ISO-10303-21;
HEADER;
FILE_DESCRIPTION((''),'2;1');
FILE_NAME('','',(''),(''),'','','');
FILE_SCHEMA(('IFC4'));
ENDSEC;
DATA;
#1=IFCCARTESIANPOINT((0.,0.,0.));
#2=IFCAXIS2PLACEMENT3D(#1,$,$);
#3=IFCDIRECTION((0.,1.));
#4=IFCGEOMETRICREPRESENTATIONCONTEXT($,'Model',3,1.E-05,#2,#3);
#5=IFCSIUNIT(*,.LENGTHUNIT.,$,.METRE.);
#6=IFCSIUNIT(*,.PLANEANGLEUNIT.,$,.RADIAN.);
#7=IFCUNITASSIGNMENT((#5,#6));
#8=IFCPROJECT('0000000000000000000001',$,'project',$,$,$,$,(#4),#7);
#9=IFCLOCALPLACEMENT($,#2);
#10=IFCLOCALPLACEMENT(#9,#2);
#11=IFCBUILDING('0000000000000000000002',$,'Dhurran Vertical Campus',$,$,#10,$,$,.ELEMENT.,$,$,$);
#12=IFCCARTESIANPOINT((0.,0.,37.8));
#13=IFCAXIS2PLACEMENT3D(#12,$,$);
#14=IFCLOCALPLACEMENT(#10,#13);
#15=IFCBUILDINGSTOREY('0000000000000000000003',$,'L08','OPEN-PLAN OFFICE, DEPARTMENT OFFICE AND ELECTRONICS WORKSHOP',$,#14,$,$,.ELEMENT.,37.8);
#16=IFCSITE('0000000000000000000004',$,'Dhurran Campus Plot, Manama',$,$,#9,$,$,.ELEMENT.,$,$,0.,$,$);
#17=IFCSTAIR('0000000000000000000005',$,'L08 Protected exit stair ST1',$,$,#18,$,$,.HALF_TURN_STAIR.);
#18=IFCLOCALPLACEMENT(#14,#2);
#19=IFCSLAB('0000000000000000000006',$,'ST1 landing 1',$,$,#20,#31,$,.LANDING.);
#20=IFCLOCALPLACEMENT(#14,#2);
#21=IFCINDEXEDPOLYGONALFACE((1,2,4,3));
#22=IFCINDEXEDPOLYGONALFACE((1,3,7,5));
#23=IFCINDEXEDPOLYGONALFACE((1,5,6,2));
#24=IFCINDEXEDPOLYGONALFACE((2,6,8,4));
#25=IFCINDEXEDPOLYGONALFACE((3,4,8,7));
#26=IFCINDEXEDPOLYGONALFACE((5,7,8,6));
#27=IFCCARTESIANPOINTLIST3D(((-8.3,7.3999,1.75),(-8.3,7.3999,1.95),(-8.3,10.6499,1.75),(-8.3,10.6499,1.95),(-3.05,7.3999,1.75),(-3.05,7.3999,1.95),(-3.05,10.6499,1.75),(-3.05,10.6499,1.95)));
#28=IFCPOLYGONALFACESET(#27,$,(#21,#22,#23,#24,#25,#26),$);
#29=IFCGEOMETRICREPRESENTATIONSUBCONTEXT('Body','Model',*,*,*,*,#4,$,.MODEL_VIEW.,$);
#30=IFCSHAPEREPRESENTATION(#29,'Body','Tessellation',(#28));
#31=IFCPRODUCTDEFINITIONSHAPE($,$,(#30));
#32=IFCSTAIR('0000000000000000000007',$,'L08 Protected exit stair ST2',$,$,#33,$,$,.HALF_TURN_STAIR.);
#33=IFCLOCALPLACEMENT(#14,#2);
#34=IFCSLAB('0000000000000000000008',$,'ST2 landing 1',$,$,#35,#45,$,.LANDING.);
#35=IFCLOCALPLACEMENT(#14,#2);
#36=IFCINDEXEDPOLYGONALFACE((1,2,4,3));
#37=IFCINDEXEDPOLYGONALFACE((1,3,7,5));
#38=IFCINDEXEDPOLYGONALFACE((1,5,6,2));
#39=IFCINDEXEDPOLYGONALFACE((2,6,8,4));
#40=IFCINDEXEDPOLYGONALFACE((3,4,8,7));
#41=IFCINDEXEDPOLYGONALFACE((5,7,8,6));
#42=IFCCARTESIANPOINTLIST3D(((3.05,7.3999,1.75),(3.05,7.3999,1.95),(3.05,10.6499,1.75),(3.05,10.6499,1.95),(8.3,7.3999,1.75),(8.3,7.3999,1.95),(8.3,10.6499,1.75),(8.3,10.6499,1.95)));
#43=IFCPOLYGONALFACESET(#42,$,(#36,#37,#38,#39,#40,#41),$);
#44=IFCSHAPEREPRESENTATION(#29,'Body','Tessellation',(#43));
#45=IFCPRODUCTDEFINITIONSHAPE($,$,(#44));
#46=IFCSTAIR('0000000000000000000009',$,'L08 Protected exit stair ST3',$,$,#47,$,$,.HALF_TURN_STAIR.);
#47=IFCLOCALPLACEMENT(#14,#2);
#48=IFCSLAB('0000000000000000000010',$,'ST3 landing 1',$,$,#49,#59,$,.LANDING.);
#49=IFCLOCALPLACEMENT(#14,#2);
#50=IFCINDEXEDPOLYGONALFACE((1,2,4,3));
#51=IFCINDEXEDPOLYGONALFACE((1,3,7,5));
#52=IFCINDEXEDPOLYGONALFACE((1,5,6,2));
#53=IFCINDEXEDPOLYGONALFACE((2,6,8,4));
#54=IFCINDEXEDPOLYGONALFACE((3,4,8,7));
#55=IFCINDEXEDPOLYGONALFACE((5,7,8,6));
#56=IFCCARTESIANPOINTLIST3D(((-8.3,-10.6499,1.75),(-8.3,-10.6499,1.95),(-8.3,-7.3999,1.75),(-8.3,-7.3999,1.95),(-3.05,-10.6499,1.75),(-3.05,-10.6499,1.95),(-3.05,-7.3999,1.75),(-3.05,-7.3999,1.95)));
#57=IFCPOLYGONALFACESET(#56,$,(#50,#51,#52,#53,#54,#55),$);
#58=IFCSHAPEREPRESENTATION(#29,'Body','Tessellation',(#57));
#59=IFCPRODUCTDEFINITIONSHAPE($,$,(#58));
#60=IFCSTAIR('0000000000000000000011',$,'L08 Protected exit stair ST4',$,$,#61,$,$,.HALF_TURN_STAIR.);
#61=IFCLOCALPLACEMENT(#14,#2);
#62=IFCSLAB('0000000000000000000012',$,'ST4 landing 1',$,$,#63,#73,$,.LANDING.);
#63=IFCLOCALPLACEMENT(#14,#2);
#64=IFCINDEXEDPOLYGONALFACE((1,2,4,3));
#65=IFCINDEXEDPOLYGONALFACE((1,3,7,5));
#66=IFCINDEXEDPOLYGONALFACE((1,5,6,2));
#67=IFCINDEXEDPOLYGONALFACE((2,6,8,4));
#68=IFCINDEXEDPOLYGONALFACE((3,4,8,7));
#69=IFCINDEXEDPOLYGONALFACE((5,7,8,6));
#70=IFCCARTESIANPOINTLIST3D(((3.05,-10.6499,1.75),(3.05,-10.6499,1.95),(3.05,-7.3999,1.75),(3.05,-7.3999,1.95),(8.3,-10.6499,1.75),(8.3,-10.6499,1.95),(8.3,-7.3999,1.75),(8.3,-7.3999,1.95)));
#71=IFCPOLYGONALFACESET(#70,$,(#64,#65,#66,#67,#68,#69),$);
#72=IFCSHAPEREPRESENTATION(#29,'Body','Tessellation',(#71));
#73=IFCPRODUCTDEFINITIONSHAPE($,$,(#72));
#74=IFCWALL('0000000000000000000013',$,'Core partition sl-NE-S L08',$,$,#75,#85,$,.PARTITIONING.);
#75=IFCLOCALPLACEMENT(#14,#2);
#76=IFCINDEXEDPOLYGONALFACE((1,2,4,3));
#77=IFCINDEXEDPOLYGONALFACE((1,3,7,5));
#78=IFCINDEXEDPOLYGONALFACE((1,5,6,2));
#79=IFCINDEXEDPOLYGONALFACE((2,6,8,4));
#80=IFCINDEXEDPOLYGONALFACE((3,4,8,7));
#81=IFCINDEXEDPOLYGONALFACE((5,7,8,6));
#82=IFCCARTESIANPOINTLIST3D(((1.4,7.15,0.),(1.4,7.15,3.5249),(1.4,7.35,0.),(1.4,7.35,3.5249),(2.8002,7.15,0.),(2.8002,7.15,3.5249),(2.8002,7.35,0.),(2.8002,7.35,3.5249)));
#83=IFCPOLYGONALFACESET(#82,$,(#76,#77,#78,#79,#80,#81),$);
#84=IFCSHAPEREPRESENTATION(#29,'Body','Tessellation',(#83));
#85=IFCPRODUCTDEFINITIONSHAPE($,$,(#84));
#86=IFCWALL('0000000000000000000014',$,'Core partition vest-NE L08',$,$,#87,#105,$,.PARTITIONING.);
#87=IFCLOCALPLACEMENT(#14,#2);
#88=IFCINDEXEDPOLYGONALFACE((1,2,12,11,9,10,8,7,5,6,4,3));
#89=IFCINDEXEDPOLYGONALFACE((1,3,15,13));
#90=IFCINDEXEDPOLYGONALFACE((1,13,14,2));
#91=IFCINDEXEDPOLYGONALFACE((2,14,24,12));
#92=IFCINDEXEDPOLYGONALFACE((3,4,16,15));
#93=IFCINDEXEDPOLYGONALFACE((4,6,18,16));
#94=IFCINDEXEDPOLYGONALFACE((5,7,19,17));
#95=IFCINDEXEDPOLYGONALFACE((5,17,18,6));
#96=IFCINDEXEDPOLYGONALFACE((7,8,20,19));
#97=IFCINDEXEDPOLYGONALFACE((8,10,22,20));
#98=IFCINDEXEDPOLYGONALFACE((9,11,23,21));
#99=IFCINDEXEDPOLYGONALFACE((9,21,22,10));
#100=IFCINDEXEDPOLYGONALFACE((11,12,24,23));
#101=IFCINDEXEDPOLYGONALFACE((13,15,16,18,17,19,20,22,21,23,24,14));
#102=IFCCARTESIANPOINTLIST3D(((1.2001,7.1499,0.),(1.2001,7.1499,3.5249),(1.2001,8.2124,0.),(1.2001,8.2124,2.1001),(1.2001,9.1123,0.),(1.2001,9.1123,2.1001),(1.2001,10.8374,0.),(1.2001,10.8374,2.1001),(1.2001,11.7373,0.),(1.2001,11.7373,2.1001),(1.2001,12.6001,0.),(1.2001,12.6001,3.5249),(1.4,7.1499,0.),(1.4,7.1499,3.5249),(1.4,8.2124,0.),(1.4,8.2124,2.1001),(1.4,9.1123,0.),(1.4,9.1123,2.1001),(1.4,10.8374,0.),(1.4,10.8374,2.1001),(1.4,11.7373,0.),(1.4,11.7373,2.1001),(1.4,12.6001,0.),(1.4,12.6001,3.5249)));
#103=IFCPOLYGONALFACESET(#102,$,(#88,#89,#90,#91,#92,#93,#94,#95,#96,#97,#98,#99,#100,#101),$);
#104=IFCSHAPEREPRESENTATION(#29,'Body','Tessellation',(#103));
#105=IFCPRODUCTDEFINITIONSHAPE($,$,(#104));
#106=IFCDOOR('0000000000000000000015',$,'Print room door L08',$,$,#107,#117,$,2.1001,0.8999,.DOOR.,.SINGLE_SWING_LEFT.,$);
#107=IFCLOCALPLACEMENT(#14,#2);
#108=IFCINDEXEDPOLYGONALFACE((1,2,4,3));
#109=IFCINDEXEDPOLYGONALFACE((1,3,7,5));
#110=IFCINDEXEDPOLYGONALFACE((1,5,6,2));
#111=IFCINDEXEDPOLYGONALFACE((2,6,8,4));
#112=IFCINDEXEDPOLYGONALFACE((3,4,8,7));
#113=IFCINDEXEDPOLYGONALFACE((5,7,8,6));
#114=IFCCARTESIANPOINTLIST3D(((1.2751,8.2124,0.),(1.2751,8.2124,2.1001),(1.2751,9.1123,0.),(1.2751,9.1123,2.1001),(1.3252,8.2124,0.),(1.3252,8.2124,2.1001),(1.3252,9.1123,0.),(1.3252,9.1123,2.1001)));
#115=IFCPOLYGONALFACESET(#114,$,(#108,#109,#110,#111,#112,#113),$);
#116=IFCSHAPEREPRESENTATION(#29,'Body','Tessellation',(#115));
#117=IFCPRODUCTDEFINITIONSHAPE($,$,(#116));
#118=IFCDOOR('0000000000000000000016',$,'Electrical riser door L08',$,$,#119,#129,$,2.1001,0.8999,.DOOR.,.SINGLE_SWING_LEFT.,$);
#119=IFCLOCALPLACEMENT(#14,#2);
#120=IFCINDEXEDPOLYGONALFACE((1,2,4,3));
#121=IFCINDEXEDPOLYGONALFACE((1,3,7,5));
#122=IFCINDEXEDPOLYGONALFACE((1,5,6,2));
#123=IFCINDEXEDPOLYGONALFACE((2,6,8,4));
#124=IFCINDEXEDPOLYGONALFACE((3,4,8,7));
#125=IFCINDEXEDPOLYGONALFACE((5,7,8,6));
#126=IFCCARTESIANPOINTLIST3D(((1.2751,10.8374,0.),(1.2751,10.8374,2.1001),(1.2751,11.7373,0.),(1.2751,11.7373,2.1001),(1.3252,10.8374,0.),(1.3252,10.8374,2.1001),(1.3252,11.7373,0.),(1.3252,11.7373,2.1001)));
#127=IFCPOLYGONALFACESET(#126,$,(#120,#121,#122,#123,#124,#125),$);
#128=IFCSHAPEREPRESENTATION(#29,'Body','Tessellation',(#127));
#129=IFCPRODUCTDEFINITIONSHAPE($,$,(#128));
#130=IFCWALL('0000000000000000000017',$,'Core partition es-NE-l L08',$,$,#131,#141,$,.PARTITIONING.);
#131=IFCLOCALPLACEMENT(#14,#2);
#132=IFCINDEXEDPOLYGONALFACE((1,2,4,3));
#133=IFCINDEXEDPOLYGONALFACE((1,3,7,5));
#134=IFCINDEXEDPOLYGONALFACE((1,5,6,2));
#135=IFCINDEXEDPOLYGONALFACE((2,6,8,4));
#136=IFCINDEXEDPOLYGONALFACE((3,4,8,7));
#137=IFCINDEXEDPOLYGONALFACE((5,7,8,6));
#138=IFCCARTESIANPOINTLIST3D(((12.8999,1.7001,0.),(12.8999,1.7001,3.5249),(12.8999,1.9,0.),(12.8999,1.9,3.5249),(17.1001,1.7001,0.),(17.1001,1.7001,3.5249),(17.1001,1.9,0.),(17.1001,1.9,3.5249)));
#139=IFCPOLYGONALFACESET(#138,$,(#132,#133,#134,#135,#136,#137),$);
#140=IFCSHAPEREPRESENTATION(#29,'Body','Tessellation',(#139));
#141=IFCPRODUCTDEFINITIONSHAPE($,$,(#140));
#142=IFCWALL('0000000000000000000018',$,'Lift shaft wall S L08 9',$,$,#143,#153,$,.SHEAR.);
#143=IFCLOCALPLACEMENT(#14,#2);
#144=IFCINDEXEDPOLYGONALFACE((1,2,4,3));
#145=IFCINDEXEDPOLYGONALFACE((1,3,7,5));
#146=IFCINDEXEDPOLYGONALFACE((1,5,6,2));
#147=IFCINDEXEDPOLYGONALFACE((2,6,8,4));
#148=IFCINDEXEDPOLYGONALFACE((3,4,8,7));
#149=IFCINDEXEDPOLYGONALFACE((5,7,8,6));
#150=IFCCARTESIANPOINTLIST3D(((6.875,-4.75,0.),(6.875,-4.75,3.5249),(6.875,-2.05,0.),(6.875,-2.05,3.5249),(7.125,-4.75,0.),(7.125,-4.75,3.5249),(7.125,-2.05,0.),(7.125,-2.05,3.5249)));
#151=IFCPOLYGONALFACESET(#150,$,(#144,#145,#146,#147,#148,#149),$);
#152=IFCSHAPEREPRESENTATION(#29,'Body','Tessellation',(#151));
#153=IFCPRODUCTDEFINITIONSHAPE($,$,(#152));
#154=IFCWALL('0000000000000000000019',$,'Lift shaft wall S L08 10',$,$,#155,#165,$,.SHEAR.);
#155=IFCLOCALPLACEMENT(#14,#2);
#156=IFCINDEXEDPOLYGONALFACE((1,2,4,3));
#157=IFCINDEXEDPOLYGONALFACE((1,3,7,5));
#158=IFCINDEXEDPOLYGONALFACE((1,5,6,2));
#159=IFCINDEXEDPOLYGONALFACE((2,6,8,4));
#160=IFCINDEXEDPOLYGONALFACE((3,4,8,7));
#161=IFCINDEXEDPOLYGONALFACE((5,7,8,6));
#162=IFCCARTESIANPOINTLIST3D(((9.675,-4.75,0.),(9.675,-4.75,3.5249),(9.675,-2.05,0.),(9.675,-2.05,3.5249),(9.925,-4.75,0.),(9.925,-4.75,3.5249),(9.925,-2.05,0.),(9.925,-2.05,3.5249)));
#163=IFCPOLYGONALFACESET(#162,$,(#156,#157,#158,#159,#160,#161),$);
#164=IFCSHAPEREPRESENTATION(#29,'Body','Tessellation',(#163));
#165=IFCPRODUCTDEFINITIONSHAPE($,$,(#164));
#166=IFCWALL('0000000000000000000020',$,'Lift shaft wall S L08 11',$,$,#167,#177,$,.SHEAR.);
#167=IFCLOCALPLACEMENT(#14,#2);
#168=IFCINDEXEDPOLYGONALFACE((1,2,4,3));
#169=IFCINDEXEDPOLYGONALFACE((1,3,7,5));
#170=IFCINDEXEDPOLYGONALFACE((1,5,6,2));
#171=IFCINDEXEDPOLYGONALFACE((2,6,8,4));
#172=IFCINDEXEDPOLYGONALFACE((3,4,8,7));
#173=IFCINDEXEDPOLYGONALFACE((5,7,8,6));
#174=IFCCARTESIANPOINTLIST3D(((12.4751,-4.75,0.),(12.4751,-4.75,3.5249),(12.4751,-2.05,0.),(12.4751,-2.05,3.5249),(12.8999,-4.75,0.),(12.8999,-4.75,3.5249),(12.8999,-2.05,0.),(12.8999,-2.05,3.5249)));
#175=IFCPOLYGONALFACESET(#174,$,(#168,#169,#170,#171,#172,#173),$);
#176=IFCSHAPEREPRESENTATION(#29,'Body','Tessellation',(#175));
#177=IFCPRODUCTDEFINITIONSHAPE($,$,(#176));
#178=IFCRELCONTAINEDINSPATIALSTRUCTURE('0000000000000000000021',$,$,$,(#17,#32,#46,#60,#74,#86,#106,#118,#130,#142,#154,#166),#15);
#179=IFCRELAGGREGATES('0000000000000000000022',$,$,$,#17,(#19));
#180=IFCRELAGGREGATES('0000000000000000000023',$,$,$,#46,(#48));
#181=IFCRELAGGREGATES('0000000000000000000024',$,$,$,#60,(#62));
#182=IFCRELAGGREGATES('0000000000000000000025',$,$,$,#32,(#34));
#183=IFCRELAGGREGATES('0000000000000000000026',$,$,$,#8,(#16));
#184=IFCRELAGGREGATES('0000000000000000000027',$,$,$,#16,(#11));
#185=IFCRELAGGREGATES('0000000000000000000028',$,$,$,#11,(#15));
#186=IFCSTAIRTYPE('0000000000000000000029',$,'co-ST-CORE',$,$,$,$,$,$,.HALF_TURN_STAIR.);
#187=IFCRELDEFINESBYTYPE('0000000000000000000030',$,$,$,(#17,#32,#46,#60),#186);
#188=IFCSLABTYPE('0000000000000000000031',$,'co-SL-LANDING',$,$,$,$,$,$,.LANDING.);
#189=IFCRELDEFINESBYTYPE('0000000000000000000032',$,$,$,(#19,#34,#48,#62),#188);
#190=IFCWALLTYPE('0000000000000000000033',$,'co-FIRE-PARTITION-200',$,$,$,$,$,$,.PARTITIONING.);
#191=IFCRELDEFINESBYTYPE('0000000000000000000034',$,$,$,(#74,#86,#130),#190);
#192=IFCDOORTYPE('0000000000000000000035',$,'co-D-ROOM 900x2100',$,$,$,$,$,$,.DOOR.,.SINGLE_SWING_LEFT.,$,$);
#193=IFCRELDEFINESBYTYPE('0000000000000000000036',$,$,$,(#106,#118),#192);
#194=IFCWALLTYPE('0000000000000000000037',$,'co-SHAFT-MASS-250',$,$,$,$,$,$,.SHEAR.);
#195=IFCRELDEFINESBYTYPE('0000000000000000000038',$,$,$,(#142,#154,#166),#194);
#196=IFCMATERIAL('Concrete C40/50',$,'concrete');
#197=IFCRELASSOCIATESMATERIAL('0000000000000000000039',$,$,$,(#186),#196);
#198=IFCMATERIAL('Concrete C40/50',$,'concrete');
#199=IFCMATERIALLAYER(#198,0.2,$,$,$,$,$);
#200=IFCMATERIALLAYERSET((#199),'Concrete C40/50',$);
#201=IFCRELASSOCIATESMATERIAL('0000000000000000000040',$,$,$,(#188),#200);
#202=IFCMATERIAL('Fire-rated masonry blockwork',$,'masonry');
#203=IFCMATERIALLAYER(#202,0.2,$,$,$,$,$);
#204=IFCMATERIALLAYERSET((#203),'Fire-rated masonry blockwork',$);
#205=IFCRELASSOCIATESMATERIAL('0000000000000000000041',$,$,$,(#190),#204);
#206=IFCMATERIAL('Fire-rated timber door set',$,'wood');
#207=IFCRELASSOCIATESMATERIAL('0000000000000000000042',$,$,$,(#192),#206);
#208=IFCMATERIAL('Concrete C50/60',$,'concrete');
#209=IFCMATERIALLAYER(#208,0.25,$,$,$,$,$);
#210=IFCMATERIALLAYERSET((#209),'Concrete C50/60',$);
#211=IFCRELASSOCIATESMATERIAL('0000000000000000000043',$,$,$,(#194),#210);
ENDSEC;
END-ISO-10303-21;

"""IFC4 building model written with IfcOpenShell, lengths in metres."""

from ifc_helpers import new_model, si_unit, direction, frame, frame_2d, origin, place, context, subcontext, project, spatial, polyline, rectangle, outline, extrude, material, layer, layer_set, type_object, element, fill, aggregate, save


model = new_model("IFC4")

# Units and contexts
model_context = context("Model", 3, precision=1e-05, world=origin(), true_north=direction((0.0, 1.0)))
body_context = subcontext(model_context, "Body", "Model", "MODEL_VIEW")
ifc_project = project(units=[si_unit("LENGTHUNIT", "METRE"), si_unit("PLANEANGLEUNIT", "RADIAN")], contexts=[model_context])

# Site, building, storey
site_placement = place(None, origin())
site = spatial("IfcSite", under=ifc_project, at=site_placement, Name="Dhurran Campus Plot, Manama", CompositionType="ELEMENT", RefElevation=0.0)
building_placement = place(site_placement, origin())
building = spatial("IfcBuilding", under=site, at=building_placement, Name="Dhurran Vertical Campus", CompositionType="ELEMENT")
storey_placement = place(building_placement, frame((0.0, 0.0, 37.8)))
storey = spatial("IfcBuildingStorey", under=building, at=storey_placement, Name="L08", Description="OPEN-PLAN OFFICE, DEPARTMENT OFFICE AND ELECTRONICS WORKSHOP", CompositionType="ELEMENT", Elevation=37.8)

# Stairs, slabs
ifc_material_1 = material(Name="Concrete C40/50", Category="concrete")
stair_type = type_object("IfcStairType", Name="co-ST-CORE", PredefinedType="HALF_TURN_STAIR", material=ifc_material_1)
stair_1_placement = place(storey_placement, origin())
stair_1 = element("IfcStair", 1, at=stair_1_placement, inside=storey, type_object=stair_type, Name="L08 Protected exit stair ST1", PredefinedType="HALF_TURN_STAIR")
ifc_material_2 = material(Name="Concrete C40/50", Category="concrete")
ifc_layer_1 = layer(ifc_material_2, 0.2)
ifc_layer_set_1 = layer_set([ifc_layer_1], Name="Concrete C40/50")
slab_type = type_object("IfcSlabType", Name="co-SL-LANDING", PredefinedType="LANDING", material=ifc_layer_set_1)
slab_1_placement = place(storey_placement, frame((0.0, 0.0, 1.75)))
slab_1 = element("IfcSlab", 2, at=slab_1_placement, type_object=slab_type, Name="ST1 landing 1", PredefinedType="LANDING", context=body_context, shape_type="SweptSolid", body=[
    extrude(outline(polyline([(-8.3, 7.3999), (-3.05, 7.3999), (-3.05, 10.6499), (-8.3, 10.6499), (-8.3, 7.3999)])), origin(), (0.0, 0.0, 1.0), 0.2),
])
aggregate(stair_1, [slab_1])
stair_2_placement = place(storey_placement, origin())
stair_2 = element("IfcStair", 3, at=stair_2_placement, inside=storey, type_object=stair_type, Name="L08 Protected exit stair ST2", PredefinedType="HALF_TURN_STAIR")
slab_2_placement = place(storey_placement, frame((0.0, 0.0, 1.75)))
slab_2 = element("IfcSlab", 4, at=slab_2_placement, type_object=slab_type, Name="ST2 landing 1", PredefinedType="LANDING", context=body_context, shape_type="SweptSolid", body=[
    extrude(outline(polyline([(8.3, 10.6499), (3.05, 10.6499), (3.05, 7.3999), (8.3, 7.3999), (8.3, 10.6499)])), origin(), (0.0, 0.0, 1.0), 0.2),
])
stair_3_placement = place(storey_placement, origin())
stair_3 = element("IfcStair", 5, at=stair_3_placement, inside=storey, type_object=stair_type, Name="L08 Protected exit stair ST3", PredefinedType="HALF_TURN_STAIR")
slab_3_placement = place(storey_placement, frame((0.0, 0.0, 1.75)))
slab_3 = element("IfcSlab", 6, at=slab_3_placement, type_object=slab_type, Name="ST3 landing 1", PredefinedType="LANDING", context=body_context, shape_type="SweptSolid", body=[
    extrude(outline(polyline([(-8.3, -10.6499), (-3.05, -10.6499), (-3.05, -7.3999), (-8.3, -7.3999), (-8.3, -10.6499)])), origin(), (0.0, 0.0, 1.0), 0.2),
])
aggregate(stair_3, [slab_3])
stair_4_placement = place(storey_placement, origin())
stair_4 = element("IfcStair", 7, at=stair_4_placement, inside=storey, type_object=stair_type, Name="L08 Protected exit stair ST4", PredefinedType="HALF_TURN_STAIR")
slab_4_placement = place(storey_placement, frame((0.0, 0.0, 1.75)))
slab_4 = element("IfcSlab", 8, at=slab_4_placement, type_object=slab_type, Name="ST4 landing 1", PredefinedType="LANDING", context=body_context, shape_type="SweptSolid", body=[
    extrude(outline(polyline([(8.3, -7.3999), (3.05, -7.3999), (3.05, -10.6499), (8.3, -10.6499), (8.3, -7.3999)])), origin(), (0.0, 0.0, 1.0), 0.2),
])
aggregate(stair_4, [slab_4])

# Wall
ifc_material_3 = material(Name="Fire-rated masonry blockwork", Category="masonry")
ifc_layer_2 = layer(ifc_material_3, 0.2)
ifc_layer_set_2 = layer_set([ifc_layer_2], Name="Fire-rated masonry blockwork")
wall_type_1 = type_object("IfcWallType", Name="co-FIRE-PARTITION-200", PredefinedType="PARTITIONING", material=ifc_layer_set_2)
wall_1_placement = place(storey_placement, frame((1.3999, 7.25, 0.0), z_axis=(0.0, 0.0, 1.0), x_axis=(1.0, 0.0, 0.0)))
element("IfcWall", 9, at=wall_1_placement, inside=storey, type_object=wall_type_1, Name="Core partition sl-NE-S L08", PredefinedType="PARTITIONING", context=body_context, shape_type="SweptSolid", body=[
    extrude(rectangle(XDim=1.4001, YDim=0.2, at=frame_2d((0.7002, 0.0))), origin(), (0.0, 0.0, 1.0), 3.5249),
])

# Wall, openings, doors
wall_2_placement = place(storey_placement, frame((1.3, 7.1499, 0.0), z_axis=(0.0, 0.0, 1.0), x_axis=(0.0, 1.0, 0.0)))
wall_2 = element("IfcWall", 10, at=wall_2_placement, inside=storey, type_object=wall_type_1, Name="Core partition vest-NE L08", PredefinedType="PARTITIONING", context=body_context, shape_type="SweptSolid", body=[
    extrude(rectangle(XDim=5.4502, YDim=0.2, at=frame_2d((2.7251, 0.0))), origin(), (0.0, 0.0, 1.0), 3.5249),
])
opening_1_placement = place(wall_2_placement, frame((1.0625, 0.0, 0.0)))
opening_1 = element("IfcOpeningElement", 11, at=opening_1_placement, cuts=wall_2, PredefinedType="OPENING", context=body_context, shape_type="SweptSolid", body=[
    extrude(rectangle(XDim=0.8999, YDim=2.1001, at=frame_2d((0.45, 1.05))), frame((0.0, 0.1099, 0.0), z_axis=(0.0, -1.0, 0.0), x_axis=(1.0, 0.0, 0.0)), (0.0, 0.0, 1.0), 0.22),
])
opening_2_placement = place(wall_2_placement, frame((3.6875, 0.0, 0.0)))
opening_2 = element("IfcOpeningElement", 12, at=opening_2_placement, cuts=wall_2, PredefinedType="OPENING", context=body_context, shape_type="SweptSolid", body=[
    extrude(rectangle(XDim=0.8999, YDim=2.1001, at=frame_2d((0.45, 1.05))), frame((0.0, 0.1099, 0.0), z_axis=(0.0, -1.0, 0.0), x_axis=(1.0, 0.0, 0.0)), (0.0, 0.0, 1.0), 0.22),
])
ifc_material_4 = material(Name="Fire-rated timber door set", Category="wood")
door_type_1 = type_object("IfcDoorType", Name="co-D-ROOM 900x2100", OperationType="SINGLE_SWING_LEFT", PredefinedType="DOOR", material=ifc_material_4)
door_1_placement = place(opening_1_placement, origin())
door_1 = element("IfcDoor", 13, at=door_1_placement, inside=storey, type_object=door_type_1, Name="Print room door L08", OperationType="SINGLE_SWING_LEFT", OverallHeight=2.1001, OverallWidth=0.8999, PredefinedType="DOOR", context=body_context, shape_type="SweptSolid", body=[
    extrude(rectangle(XDim=0.8999, YDim=2.1001, at=frame_2d((0.45, 1.05))), frame((0.0, 0.0249, 0.0), z_axis=(0.0, -1.0, 0.0), x_axis=(1.0, 0.0, 0.0)), (0.0, 0.0, 1.0), 0.05),
])
fill(opening_1, door_1)
door_2_placement = place(opening_2_placement, origin())
door_2 = element("IfcDoor", 14, at=door_2_placement, inside=storey, type_object=door_type_1, Name="Electrical riser door L08", OperationType="SINGLE_SWING_LEFT", OverallHeight=2.1001, OverallWidth=0.8999, PredefinedType="DOOR", context=body_context, shape_type="SweptSolid", body=[
    extrude(rectangle(XDim=0.8999, YDim=2.1001, at=frame_2d((0.45, 1.05))), frame((0.0, 0.0249, 0.0), z_axis=(0.0, -1.0, 0.0), x_axis=(1.0, 0.0, 0.0)), (0.0, 0.0, 1.0), 0.05),
])
fill(opening_2, door_2)

# Walls
wall_3_placement = place(storey_placement, frame((12.8999, 1.8, 0.0), z_axis=(0.0, 0.0, 1.0), x_axis=(1.0, 0.0, 0.0)))
element("IfcWall", 15, at=wall_3_placement, inside=storey, type_object=wall_type_1, Name="Core partition es-NE-l L08", PredefinedType="PARTITIONING", context=body_context, shape_type="SweptSolid", body=[
    extrude(rectangle(XDim=4.2002, YDim=0.2, at=frame_2d((2.1001, 0.0))), origin(), (0.0, 0.0, 1.0), 3.5249),
])
ifc_material_5 = material(Name="Concrete C50/60", Category="concrete")
ifc_layer_3 = layer(ifc_material_5, 0.25)
ifc_layer_set_3 = layer_set([ifc_layer_3], Name="Concrete C50/60")
wall_type_2 = type_object("IfcWallType", Name="co-SHAFT-MASS-250", PredefinedType="SHEAR", material=ifc_layer_set_3)
wall_4_placement = place(storey_placement, origin())
element("IfcWall", 16, at=wall_4_placement, inside=storey, type_object=wall_type_2, Name="Lift shaft wall S L08 9", PredefinedType="SHEAR", context=body_context, shape_type="SweptSolid", body=[
    extrude(outline(polyline([(6.875, -4.75), (7.125, -4.75), (7.125, -2.05), (6.875, -2.05), (6.875, -4.75)])), origin(), (0.0, 0.0, 1.0), 3.5249),
])
wall_5_placement = place(storey_placement, origin())
element("IfcWall", 17, at=wall_5_placement, inside=storey, type_object=wall_type_2, Name="Lift shaft wall S L08 10", PredefinedType="SHEAR", context=body_context, shape_type="SweptSolid", body=[
    extrude(outline(polyline([(9.675, -4.75), (9.925, -4.75), (9.925, -2.05), (9.675, -2.05), (9.675, -4.75)])), origin(), (0.0, 0.0, 1.0), 3.5249),
])
wall_6_placement = place(storey_placement, origin())
element("IfcWall", 18, at=wall_6_placement, inside=storey, type_object=wall_type_2, Name="Lift shaft wall S L08 11", PredefinedType="SHEAR", context=body_context, shape_type="SweptSolid", body=[
    extrude(outline(polyline([(12.4751, -4.75), (12.8999, -4.75), (12.8999, -2.05), (12.4751, -2.05), (12.4751, -4.75)])), origin(), (0.0, 0.0, 1.0), 3.5249),
])

aggregate(stair_2, [slab_2])

save(model, "model.ifc")
